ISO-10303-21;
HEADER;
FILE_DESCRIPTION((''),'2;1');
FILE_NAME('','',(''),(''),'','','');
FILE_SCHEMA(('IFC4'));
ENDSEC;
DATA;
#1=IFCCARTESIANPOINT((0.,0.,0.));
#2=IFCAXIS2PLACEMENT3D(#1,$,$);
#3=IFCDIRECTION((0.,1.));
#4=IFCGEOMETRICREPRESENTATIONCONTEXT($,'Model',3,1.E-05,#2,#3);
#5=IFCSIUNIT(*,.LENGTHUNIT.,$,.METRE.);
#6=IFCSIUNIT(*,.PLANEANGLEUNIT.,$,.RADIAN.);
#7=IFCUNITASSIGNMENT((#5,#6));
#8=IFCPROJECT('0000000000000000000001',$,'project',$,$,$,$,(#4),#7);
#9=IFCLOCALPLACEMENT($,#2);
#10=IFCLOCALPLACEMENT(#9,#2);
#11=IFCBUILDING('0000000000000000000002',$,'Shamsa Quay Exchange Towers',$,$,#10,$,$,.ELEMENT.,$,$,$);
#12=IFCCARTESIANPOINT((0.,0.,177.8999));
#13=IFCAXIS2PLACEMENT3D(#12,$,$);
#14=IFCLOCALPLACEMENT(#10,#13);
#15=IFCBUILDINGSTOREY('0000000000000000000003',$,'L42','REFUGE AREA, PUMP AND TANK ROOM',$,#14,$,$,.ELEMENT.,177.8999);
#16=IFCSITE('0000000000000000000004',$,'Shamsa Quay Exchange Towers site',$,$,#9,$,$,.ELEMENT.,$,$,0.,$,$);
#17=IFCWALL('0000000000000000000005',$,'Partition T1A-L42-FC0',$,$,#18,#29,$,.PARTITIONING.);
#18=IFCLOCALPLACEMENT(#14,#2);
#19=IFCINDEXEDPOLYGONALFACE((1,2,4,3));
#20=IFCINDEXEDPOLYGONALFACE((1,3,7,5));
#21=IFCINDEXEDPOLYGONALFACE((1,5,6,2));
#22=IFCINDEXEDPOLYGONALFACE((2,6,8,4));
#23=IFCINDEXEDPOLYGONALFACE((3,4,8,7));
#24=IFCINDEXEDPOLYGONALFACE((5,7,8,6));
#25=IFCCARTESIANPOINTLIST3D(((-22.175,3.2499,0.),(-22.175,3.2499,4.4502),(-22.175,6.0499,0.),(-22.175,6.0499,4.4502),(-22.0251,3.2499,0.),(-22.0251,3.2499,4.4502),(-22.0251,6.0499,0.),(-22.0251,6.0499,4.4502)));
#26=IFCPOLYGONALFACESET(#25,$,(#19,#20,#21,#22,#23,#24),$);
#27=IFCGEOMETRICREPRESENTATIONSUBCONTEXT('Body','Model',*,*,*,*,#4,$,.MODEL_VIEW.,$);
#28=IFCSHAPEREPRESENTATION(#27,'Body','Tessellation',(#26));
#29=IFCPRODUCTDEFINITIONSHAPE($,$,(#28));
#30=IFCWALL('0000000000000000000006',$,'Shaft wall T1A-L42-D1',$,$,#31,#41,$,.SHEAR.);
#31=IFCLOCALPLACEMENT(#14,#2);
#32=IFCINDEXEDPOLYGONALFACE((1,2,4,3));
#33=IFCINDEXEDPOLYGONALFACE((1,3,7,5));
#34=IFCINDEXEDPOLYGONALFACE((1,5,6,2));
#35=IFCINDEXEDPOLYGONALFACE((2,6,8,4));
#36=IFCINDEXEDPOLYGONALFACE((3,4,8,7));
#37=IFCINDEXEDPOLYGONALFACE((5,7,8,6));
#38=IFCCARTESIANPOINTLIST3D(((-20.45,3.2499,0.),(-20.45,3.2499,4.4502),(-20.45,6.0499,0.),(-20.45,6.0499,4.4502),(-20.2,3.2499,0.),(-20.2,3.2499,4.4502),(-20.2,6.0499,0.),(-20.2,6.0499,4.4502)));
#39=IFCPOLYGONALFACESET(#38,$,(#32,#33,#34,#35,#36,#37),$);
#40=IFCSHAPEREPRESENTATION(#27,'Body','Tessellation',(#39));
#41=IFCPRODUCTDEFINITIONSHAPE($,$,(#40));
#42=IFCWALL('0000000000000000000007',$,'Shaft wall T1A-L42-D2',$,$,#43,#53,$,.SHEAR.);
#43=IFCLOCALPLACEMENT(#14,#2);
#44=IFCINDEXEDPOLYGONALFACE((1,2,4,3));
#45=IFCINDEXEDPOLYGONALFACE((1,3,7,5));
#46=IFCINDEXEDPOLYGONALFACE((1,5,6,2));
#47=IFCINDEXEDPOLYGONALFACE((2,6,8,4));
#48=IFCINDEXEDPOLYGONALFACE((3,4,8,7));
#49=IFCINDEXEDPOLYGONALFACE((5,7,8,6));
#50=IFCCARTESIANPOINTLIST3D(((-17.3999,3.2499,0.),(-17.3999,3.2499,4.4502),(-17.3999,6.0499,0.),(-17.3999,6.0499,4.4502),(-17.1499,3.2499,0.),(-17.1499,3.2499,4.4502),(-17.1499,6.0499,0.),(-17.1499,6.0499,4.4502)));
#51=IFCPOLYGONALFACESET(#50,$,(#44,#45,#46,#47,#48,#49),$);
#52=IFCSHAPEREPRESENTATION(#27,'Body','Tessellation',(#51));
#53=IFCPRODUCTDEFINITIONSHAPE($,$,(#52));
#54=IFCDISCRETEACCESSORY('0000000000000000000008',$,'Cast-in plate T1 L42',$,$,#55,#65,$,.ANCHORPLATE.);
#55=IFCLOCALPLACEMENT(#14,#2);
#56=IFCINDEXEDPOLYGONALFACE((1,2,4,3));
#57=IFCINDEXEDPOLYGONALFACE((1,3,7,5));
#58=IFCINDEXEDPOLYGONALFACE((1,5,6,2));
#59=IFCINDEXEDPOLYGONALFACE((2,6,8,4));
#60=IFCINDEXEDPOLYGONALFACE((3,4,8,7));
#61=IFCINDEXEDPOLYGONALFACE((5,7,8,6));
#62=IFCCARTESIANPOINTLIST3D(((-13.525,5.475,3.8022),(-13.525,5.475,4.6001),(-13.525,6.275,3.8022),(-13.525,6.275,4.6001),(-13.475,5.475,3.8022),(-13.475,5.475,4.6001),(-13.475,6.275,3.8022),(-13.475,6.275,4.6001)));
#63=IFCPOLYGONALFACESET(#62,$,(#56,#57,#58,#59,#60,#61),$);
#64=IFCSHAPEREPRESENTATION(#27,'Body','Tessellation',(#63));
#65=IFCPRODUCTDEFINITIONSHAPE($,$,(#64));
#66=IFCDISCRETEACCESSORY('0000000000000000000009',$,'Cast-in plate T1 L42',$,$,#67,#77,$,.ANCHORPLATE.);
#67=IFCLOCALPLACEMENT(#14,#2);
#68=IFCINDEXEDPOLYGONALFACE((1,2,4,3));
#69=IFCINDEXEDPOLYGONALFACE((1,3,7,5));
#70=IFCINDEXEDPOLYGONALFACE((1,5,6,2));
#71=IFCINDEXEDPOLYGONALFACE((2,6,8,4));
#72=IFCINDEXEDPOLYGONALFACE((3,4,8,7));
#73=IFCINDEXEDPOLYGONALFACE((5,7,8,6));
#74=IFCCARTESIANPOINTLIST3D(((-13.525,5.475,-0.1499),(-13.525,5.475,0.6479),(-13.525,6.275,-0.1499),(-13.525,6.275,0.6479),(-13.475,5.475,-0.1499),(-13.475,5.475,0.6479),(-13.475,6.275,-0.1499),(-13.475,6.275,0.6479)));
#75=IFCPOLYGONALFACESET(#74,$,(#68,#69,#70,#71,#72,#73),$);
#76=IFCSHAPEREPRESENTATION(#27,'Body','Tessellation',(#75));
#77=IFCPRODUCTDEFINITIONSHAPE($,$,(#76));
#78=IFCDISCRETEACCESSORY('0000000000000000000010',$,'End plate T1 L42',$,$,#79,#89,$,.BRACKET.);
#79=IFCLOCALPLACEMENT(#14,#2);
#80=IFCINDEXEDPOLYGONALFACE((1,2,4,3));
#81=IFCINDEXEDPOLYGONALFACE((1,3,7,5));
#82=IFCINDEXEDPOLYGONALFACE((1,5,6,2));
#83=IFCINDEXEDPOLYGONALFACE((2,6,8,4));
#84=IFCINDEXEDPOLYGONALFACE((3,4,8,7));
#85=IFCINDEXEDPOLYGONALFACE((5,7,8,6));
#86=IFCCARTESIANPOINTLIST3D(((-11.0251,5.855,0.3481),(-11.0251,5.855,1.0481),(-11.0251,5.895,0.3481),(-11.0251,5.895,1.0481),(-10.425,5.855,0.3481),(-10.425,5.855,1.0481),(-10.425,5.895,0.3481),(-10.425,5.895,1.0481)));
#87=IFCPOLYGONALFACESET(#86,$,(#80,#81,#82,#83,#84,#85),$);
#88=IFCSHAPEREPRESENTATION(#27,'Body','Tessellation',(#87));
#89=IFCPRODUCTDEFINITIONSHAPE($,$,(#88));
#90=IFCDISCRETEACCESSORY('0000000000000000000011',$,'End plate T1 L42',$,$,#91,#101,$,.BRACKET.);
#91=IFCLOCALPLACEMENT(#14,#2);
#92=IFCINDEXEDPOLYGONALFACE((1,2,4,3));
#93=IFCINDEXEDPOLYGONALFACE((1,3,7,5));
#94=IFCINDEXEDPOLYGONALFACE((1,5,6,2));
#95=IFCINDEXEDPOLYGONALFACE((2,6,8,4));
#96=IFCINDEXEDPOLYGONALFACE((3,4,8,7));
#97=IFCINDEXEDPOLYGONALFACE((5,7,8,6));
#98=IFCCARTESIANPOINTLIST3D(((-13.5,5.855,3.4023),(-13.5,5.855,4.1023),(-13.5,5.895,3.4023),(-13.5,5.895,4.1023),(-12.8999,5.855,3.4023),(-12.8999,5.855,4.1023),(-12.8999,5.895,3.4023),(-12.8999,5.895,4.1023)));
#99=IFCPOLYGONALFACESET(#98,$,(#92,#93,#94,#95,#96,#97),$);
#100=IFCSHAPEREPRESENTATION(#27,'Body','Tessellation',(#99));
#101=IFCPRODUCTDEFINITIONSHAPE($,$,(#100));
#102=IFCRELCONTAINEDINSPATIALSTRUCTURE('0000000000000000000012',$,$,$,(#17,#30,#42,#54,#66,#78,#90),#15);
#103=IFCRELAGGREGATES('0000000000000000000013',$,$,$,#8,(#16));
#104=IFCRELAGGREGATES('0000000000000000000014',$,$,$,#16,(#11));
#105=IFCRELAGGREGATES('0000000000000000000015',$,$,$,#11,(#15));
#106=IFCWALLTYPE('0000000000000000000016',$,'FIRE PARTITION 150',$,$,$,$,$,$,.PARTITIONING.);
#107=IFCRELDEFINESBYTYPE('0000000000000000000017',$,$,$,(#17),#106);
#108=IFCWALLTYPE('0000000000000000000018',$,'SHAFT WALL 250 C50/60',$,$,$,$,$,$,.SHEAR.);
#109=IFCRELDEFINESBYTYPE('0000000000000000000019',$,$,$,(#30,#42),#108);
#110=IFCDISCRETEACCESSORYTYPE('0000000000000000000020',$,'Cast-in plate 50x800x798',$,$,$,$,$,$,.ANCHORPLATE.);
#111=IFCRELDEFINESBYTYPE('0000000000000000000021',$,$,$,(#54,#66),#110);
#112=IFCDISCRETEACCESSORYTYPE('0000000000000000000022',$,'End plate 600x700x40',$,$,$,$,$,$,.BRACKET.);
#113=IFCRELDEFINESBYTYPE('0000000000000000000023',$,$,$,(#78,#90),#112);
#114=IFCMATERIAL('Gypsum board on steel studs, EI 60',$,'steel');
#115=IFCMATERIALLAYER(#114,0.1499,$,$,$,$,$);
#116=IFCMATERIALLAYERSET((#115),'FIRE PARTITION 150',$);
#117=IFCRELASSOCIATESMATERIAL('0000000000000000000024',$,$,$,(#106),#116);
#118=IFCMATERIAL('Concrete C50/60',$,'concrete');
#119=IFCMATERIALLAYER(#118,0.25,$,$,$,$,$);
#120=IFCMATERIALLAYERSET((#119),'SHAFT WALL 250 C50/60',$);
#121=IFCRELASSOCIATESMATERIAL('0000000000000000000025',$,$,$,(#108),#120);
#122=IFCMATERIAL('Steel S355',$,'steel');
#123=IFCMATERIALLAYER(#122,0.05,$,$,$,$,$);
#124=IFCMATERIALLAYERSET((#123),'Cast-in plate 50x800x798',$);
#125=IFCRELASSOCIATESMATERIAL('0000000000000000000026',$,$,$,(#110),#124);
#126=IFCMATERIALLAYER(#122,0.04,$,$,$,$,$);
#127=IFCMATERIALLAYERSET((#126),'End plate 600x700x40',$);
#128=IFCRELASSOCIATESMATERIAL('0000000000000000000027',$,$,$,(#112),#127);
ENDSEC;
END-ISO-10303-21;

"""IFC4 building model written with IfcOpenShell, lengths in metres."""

from ifc_helpers import new_model, si_unit, direction, frame, frame_2d, origin, origin_2d, place, context, subcontext, project, spatial, rectangle, extrude, material, layer, layer_set, type_object, element, save


model = new_model("IFC4")

# Units and contexts
model_context = context("Model", 3, precision=1e-05, world=origin(), true_north=direction((0.0, 1.0)))
body_context = subcontext(model_context, "Body", "Model", "MODEL_VIEW")
ifc_project = project(units=[si_unit("LENGTHUNIT", "METRE"), si_unit("PLANEANGLEUNIT", "RADIAN")], contexts=[model_context])

# Site, building, storey
site_placement = place(None, origin())
site = spatial("IfcSite", under=ifc_project, at=site_placement, Name="Shamsa Quay Exchange Towers site", CompositionType="ELEMENT", RefElevation=0.0)
building_placement = place(site_placement, origin())
building = spatial("IfcBuilding", under=site, at=building_placement, Name="Shamsa Quay Exchange Towers", CompositionType="ELEMENT")
storey_placement = place(building_placement, frame((0.0, 0.0, 177.8999)))
storey = spatial("IfcBuildingStorey", under=building, at=storey_placement, Name="L42", Description="REFUGE AREA, PUMP AND TANK ROOM", CompositionType="ELEMENT", Elevation=177.8999)

# Shared definitions
ifc_material_1 = material(Name="Steel S355", Category="steel")

# Walls
ifc_material_2 = material(Name="Gypsum board on steel studs, EI 60", Category="steel")
ifc_layer_1 = layer(ifc_material_2, 0.1499)
ifc_layer_set_1 = layer_set([ifc_layer_1], Name="FIRE PARTITION 150")
wall_type_1 = type_object("IfcWallType", Name="FIRE PARTITION 150", PredefinedType="PARTITIONING", material=ifc_layer_set_1)
wall_1_placement = place(storey_placement, frame((-22.1001, 3.25, 0.0), z_axis=(0.0, 0.0, 1.0), x_axis=(0.0, 1.0, 0.0)))
element("IfcWall", 1, at=wall_1_placement, inside=storey, type_object=wall_type_1, Name="Partition T1A-L42-FC0", PredefinedType="PARTITIONING", context=body_context, shape_type="SweptSolid", body=[
    extrude(rectangle(XDim=2.8, YDim=0.1499, at=frame_2d((1.3999, 0.0))), origin(), (0.0, 0.0, 1.0), 4.4502),
])
ifc_material_3 = material(Name="Concrete C50/60", Category="concrete")
ifc_layer_2 = layer(ifc_material_3, 0.25)
ifc_layer_set_2 = layer_set([ifc_layer_2], Name="SHAFT WALL 250 C50/60")
wall_type_2 = type_object("IfcWallType", Name="SHAFT WALL 250 C50/60", PredefinedType="SHEAR", material=ifc_layer_set_2)
for number, where, z_axis, x_axis, name in (
    (2, (-20.325, 3.25, 0.0), (0.0, 0.0, 1.0), (0.0, 1.0, 0.0), "Shaft wall T1A-L42-D1"),
    (3, (-17.2749, 3.25, 0.0), (0.0, 0.0, 1.0), (0.0, 1.0, 0.0), "Shaft wall T1A-L42-D2"),
):
    element("IfcWall", number, at=place(storey_placement, frame(where, z_axis=z_axis, x_axis=x_axis)), inside=storey, type_object=wall_type_2, Name=name, PredefinedType="SHEAR", context=body_context, shape_type="SweptSolid", body=[
        extrude(rectangle(XDim=2.8, YDim=0.25, at=frame_2d((1.3999, 0.0))), origin(), (0.0, 0.0, 1.0), 4.4502),
    ])

# Discrete accessories
ifc_layer_3 = layer(ifc_material_1, 0.05)
ifc_layer_set_3 = layer_set([ifc_layer_3], Name="Cast-in plate 50x800x798")
discrete_accessory_type_1 = type_object("IfcDiscreteAccessoryType", Name="Cast-in plate 50x800x798", PredefinedType="ANCHORPLATE", material=ifc_layer_set_3)
for number, where, z_axis, x_axis, name in (
    (4, (-13.5, 5.875, 3.8022), (0.0, 0.0, 1.0), (-1.0, 0.0, 0.0), "Cast-in plate T1 L42"),
    (5, (-13.5, 5.875, -0.1499), (0.0, 0.0, 1.0), (-1.0, 0.0, 0.0), "Cast-in plate T1 L42"),
):
    element("IfcDiscreteAccessory", number, at=place(storey_placement, frame(where, z_axis=z_axis, x_axis=x_axis)), inside=storey, type_object=discrete_accessory_type_1, Name=name, PredefinedType="ANCHORPLATE", context=body_context, shape_type="SweptSolid", body=[
        extrude(rectangle(XDim=0.05, YDim=0.8, at=origin_2d()), origin(), (0.0, 0.0, 1.0), 0.7979),
    ])
ifc_layer_4 = layer(ifc_material_1, 0.04)
ifc_layer_set_4 = layer_set([ifc_layer_4], Name="End plate 600x700x40")
discrete_accessory_type_2 = type_object("IfcDiscreteAccessoryType", Name="End plate 600x700x40", PredefinedType="BRACKET", material=ifc_layer_set_4)
for number, where, z_axis, x_axis, name in (
    (6, (-10.7251, 5.875, 0.3481), (0.0, 0.0, 1.0), (-1.0, 0.0, 0.0), "End plate T1 L42"),
    (7, (-13.2, 5.875, 3.4023), (0.0, 0.0, 1.0), (-1.0, 0.0, 0.0), "End plate T1 L42"),
):
    element("IfcDiscreteAccessory", number, at=place(storey_placement, frame(where, z_axis=z_axis, x_axis=x_axis)), inside=storey, type_object=discrete_accessory_type_2, Name=name, PredefinedType="BRACKET", context=body_context, shape_type="SweptSolid", body=[
        extrude(rectangle(XDim=0.6001, YDim=0.04, at=origin_2d()), origin(), (0.0, 0.0, 1.0), 0.7),
    ])

save(model, "model.ifc")
